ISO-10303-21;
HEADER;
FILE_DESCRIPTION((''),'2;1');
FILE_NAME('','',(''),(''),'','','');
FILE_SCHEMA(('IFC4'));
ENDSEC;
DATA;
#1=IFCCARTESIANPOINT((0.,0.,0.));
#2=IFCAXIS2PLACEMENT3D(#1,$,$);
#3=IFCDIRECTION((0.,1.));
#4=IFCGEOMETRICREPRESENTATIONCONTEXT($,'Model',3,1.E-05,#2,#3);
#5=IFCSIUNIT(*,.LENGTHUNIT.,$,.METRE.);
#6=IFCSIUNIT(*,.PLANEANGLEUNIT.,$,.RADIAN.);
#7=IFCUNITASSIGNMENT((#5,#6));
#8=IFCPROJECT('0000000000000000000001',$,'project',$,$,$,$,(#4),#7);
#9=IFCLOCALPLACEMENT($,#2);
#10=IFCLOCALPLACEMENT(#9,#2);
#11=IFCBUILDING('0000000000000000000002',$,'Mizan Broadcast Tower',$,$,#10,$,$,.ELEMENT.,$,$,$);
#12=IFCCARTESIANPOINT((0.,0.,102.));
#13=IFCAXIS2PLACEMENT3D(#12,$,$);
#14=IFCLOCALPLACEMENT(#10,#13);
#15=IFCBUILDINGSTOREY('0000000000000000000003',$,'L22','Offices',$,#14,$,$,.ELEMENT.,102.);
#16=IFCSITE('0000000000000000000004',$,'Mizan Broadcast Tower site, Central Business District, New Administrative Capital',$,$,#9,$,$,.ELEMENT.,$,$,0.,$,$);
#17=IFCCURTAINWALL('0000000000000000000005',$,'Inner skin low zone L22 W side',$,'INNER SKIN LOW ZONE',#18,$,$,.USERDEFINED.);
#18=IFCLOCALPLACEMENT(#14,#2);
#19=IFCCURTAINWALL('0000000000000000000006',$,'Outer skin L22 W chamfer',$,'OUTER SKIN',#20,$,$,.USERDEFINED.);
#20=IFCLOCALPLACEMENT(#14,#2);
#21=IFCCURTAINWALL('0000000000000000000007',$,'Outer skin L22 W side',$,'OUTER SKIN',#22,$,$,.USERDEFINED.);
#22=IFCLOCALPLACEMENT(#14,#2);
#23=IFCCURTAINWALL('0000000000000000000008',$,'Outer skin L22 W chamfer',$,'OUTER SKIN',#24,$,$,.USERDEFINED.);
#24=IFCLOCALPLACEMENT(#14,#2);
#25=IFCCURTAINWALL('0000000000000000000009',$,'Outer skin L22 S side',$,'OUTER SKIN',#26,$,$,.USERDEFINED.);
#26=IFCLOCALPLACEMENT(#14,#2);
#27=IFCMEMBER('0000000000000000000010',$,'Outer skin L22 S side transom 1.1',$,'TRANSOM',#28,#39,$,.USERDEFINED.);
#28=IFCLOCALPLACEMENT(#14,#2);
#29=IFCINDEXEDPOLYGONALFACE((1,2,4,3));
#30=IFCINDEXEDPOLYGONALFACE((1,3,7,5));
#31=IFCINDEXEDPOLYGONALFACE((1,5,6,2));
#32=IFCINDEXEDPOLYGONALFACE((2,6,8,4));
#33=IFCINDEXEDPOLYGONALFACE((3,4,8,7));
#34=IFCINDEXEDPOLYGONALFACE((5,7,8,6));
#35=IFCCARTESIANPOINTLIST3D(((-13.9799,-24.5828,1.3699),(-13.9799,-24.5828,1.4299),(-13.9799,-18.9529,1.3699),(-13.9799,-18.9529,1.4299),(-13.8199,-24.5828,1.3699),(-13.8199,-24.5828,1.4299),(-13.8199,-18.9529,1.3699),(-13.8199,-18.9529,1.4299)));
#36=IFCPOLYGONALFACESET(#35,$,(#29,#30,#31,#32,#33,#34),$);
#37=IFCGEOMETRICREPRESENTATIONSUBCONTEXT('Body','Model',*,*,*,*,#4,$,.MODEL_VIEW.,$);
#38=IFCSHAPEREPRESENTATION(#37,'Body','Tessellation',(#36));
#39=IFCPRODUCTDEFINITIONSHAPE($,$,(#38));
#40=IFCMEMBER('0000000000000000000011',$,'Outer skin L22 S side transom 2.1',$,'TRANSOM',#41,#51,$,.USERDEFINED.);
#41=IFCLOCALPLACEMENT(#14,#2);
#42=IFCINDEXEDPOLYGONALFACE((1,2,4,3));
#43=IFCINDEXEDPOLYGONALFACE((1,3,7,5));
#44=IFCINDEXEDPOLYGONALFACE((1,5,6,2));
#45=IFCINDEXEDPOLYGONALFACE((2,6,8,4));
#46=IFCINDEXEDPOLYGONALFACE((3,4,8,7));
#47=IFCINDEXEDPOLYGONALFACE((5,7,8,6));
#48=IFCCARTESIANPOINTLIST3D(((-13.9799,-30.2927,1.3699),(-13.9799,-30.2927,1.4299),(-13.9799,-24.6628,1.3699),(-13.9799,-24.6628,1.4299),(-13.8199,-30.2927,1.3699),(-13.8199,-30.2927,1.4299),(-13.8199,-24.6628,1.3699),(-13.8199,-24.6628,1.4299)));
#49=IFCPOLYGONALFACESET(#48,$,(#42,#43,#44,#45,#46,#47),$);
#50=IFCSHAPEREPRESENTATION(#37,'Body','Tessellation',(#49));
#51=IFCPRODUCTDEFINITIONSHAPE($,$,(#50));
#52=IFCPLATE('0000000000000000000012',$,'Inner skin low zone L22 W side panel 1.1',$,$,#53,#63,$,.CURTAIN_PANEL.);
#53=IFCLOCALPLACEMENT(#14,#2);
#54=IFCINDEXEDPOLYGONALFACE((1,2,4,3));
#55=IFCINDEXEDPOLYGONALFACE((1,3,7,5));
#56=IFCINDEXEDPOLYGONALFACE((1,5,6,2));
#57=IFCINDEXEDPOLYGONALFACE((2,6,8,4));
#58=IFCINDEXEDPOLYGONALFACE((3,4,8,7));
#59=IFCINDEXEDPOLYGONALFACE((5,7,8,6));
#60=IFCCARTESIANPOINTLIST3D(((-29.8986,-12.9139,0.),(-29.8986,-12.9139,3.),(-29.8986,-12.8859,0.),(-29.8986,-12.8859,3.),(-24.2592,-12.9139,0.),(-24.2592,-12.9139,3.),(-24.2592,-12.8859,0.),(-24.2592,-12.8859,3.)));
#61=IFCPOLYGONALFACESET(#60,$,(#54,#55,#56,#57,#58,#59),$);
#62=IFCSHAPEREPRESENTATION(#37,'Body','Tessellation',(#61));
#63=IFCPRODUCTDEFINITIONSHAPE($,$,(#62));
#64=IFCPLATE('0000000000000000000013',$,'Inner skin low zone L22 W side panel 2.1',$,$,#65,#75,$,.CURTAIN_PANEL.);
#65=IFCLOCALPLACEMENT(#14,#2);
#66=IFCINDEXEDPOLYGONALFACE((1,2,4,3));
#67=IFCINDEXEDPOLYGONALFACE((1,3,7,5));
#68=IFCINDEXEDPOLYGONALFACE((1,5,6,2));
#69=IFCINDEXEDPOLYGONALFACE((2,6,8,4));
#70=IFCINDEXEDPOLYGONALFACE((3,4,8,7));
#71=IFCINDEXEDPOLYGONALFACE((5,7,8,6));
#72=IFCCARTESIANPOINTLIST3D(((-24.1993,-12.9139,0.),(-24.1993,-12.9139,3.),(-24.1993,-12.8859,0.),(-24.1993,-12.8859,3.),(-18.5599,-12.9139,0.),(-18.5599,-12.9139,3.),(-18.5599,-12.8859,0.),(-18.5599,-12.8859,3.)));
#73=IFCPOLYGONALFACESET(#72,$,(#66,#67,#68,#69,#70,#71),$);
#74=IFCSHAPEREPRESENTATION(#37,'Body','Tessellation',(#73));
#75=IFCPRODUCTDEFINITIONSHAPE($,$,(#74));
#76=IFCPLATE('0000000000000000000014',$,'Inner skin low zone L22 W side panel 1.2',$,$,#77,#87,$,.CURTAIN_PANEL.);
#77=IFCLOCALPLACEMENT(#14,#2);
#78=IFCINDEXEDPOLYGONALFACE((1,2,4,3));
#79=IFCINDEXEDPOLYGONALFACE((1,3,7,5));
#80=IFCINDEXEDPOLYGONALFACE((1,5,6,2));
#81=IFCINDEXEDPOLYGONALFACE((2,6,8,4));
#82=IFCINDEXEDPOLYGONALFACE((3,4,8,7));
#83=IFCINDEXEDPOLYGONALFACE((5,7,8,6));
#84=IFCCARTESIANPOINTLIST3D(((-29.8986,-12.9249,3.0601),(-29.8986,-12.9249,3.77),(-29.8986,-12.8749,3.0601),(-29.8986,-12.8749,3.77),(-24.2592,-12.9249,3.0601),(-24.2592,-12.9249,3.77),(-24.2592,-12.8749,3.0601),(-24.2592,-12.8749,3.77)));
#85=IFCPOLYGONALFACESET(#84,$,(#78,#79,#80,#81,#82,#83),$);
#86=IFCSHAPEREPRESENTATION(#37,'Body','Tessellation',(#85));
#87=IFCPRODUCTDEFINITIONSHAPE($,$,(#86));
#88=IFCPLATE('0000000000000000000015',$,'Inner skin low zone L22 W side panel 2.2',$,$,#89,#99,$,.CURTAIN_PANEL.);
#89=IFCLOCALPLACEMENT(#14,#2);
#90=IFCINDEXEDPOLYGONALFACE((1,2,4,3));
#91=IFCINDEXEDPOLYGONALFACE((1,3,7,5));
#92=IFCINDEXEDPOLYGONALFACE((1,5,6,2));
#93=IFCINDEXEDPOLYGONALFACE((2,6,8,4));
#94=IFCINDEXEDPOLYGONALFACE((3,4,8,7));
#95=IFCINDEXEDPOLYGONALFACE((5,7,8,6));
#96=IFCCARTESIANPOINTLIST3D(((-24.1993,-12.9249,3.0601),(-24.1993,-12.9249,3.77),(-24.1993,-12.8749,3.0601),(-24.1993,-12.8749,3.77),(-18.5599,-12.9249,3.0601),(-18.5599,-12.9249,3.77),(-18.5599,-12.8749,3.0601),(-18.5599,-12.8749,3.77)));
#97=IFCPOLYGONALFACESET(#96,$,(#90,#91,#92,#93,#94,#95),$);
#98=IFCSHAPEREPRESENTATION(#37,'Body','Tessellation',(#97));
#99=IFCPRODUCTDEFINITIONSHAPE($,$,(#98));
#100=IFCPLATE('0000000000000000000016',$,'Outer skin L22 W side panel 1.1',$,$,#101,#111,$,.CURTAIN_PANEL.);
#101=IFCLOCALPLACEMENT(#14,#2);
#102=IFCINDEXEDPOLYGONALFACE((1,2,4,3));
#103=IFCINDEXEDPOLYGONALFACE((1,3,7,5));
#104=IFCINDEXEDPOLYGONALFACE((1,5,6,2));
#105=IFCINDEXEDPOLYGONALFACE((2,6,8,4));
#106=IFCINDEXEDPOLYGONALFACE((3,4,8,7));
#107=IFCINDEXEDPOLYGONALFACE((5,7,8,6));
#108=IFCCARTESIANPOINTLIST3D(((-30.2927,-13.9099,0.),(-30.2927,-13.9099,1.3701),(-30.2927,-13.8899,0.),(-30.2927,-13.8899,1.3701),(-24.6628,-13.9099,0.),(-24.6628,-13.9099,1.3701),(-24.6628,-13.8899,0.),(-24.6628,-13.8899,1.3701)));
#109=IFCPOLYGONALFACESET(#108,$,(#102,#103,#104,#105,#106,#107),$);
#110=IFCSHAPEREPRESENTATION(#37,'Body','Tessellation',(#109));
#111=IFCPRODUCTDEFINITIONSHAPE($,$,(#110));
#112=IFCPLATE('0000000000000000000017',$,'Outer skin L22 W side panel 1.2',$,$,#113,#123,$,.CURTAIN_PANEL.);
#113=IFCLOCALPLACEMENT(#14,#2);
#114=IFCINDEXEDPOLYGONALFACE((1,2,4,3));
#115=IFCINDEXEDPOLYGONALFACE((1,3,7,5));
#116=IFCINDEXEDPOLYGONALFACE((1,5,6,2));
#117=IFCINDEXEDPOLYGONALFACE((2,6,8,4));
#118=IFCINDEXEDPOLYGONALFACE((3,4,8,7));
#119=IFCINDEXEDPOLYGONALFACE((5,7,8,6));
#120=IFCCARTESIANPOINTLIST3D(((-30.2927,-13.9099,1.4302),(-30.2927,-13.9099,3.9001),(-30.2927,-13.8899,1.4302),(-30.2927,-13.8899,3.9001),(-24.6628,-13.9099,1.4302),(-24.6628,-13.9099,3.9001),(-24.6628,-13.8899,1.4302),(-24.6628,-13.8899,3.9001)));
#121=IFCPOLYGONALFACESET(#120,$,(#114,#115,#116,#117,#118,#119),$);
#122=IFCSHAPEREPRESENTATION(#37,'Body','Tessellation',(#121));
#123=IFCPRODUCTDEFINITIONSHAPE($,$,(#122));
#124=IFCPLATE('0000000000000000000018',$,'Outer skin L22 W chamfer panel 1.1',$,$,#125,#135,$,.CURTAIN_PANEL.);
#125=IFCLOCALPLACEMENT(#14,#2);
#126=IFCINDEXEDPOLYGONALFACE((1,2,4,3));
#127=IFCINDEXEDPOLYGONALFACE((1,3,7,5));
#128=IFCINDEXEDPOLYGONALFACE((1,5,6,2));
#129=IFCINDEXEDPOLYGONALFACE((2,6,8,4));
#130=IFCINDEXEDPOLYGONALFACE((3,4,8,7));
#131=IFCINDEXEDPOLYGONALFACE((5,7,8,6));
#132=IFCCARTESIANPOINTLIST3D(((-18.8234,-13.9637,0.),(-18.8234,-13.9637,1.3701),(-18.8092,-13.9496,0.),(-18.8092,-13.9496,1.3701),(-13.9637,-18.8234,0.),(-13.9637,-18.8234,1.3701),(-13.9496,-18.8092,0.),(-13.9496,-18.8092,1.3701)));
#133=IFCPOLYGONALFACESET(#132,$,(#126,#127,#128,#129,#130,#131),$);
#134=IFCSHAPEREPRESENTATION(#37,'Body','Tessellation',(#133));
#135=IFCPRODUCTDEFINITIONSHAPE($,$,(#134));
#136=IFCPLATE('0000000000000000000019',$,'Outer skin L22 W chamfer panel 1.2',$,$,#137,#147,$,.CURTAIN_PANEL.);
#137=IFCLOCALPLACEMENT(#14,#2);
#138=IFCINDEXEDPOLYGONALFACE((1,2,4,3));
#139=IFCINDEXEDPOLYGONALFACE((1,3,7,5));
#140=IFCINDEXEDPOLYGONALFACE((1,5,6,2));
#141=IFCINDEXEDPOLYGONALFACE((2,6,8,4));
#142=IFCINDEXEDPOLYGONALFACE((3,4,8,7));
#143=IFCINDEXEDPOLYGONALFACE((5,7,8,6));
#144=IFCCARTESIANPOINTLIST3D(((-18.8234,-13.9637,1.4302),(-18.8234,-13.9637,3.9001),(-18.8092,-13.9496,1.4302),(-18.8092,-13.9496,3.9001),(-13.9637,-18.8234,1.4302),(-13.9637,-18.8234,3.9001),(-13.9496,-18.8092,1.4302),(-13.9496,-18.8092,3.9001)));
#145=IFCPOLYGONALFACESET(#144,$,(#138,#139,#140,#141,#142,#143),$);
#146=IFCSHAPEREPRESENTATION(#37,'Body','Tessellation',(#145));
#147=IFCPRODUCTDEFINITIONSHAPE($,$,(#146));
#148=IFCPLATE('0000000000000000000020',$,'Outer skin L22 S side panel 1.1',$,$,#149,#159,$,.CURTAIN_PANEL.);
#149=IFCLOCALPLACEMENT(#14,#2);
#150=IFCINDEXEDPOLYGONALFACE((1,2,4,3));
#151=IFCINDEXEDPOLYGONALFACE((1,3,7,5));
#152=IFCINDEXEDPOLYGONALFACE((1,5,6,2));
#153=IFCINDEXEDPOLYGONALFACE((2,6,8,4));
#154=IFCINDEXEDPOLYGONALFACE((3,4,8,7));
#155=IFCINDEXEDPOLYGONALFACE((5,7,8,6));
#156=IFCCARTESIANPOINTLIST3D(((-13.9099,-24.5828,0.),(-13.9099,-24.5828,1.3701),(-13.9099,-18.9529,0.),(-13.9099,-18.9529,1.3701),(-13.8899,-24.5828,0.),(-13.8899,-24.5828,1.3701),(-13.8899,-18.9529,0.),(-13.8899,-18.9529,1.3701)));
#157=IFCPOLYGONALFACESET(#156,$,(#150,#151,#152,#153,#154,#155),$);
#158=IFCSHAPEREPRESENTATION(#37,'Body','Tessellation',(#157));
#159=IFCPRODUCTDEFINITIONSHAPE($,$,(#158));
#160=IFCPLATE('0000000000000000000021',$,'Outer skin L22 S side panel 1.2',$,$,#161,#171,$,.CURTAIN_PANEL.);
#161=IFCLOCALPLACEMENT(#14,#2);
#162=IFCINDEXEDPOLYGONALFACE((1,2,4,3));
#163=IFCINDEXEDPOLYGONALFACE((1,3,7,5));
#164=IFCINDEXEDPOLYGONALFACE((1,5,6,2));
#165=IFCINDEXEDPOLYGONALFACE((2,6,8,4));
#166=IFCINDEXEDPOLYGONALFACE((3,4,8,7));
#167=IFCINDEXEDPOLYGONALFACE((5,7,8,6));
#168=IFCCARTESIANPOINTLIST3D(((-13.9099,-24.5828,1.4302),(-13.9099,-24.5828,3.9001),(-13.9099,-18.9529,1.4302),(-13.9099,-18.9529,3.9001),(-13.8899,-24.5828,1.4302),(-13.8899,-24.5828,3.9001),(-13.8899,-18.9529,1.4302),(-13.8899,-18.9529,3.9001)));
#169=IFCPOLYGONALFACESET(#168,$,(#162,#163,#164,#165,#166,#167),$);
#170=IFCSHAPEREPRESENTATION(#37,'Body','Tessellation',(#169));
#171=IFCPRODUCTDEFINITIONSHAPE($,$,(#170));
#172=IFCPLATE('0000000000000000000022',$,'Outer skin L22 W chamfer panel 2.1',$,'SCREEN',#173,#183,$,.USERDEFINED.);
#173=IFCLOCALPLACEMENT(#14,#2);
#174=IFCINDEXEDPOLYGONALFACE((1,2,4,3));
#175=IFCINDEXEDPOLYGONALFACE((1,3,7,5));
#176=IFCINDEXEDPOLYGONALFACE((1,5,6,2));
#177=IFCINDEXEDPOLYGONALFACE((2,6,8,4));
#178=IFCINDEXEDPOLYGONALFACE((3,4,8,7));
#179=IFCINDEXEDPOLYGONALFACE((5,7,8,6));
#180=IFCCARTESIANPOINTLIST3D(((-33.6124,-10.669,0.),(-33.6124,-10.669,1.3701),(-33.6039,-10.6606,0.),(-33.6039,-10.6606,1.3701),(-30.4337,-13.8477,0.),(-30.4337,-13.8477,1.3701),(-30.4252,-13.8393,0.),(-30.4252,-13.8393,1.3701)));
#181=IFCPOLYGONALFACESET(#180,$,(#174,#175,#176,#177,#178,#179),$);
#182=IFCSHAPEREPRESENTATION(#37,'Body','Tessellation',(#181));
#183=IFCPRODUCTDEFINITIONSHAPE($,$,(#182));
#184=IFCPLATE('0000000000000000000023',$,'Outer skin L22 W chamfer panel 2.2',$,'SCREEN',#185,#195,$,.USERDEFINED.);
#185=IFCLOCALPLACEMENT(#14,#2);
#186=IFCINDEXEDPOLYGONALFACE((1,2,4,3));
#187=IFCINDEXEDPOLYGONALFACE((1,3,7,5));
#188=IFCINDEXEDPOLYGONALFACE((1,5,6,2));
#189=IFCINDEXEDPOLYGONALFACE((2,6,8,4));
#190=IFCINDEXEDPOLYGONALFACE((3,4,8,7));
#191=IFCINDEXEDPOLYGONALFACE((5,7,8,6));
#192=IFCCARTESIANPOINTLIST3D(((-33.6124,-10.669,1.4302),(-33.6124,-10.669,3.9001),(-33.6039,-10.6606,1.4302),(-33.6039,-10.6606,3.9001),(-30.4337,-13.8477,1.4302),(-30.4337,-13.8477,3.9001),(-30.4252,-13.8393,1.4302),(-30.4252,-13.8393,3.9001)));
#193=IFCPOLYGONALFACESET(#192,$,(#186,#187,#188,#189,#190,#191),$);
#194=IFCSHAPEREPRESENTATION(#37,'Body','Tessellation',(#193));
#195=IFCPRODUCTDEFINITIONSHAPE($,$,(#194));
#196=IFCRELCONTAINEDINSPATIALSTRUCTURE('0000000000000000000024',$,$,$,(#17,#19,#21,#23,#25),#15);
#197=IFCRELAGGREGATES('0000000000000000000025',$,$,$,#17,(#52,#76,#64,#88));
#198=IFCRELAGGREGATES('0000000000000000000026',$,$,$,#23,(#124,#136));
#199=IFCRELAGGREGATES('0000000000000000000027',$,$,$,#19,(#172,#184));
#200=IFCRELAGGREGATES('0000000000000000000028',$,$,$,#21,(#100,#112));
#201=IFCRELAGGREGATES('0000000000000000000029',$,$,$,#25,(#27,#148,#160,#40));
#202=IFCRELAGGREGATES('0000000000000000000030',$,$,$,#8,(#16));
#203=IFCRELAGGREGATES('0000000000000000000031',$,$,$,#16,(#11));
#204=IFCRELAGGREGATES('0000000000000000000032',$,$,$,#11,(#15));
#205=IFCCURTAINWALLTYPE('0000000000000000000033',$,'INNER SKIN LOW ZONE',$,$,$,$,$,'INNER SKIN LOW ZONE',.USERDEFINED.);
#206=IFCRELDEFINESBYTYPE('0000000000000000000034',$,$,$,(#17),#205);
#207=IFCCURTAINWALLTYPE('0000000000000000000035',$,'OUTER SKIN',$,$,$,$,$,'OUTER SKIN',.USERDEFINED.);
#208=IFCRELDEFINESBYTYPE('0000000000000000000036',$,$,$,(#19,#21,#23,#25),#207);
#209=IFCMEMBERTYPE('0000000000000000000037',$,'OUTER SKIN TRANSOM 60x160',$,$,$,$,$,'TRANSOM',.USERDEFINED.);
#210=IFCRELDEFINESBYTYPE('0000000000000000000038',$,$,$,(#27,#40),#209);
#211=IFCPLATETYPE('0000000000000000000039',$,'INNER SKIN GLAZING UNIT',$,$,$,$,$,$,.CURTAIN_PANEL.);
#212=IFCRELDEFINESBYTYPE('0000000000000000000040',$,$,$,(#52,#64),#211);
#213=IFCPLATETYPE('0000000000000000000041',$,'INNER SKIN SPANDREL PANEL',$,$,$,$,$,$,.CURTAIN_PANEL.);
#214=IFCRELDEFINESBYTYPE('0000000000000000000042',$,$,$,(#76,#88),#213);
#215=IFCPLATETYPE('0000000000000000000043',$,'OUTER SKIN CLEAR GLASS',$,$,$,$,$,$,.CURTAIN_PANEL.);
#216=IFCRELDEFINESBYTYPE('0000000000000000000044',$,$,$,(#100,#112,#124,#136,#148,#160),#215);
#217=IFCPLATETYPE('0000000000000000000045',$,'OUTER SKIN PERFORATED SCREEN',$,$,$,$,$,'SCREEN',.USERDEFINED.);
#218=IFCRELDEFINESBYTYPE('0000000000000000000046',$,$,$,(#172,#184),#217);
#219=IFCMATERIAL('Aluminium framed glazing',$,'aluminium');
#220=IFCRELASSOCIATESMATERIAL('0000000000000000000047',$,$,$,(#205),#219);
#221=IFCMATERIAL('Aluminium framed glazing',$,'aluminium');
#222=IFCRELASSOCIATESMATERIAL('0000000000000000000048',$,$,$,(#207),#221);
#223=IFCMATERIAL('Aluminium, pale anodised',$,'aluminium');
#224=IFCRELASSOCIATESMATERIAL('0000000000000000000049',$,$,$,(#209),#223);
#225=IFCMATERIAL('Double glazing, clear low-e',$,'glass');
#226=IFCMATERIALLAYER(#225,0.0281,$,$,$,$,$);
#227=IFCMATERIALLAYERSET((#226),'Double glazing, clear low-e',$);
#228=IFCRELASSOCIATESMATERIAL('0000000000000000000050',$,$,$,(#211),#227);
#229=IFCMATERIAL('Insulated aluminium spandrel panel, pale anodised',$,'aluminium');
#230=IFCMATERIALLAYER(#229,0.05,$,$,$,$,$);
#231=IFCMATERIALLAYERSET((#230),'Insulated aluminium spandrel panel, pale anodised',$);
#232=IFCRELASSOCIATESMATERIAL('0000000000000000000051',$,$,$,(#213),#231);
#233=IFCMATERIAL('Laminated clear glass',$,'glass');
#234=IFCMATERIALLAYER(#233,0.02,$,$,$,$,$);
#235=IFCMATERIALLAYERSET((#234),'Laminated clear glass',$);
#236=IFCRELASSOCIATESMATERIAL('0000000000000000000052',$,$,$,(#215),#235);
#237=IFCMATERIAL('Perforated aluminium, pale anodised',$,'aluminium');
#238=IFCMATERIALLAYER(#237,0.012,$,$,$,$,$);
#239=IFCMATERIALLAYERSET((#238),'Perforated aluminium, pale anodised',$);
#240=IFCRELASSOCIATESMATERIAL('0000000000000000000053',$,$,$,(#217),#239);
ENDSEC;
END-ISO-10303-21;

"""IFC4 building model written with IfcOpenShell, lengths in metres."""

from ifc_helpers import new_model, si_unit, direction, frame, origin, origin_2d, place, context, subcontext, project, spatial, rectangle, extrude, material, layer, layer_set, material_profile, profile_set, type_object, element, aggregate, save


model = new_model("IFC4")

# Units and contexts
model_context = context("Model", 3, precision=1e-05, world=origin(), true_north=direction((0.0, 1.0)))
body_context = subcontext(model_context, "Body", "Model", "MODEL_VIEW")
ifc_project = project(units=[si_unit("LENGTHUNIT", "METRE"), si_unit("PLANEANGLEUNIT", "RADIAN")], contexts=[model_context])

# Site, building, storey
site_placement = place(None, origin())
site = spatial("IfcSite", under=ifc_project, at=site_placement, Name="Mizan Broadcast Tower site, Central Business District, New Administrative Capital", CompositionType="ELEMENT", RefElevation=0.0)
building_placement = place(site_placement, origin())
building = spatial("IfcBuilding", under=site, at=building_placement, Name="Mizan Broadcast Tower", CompositionType="ELEMENT")
storey_placement = place(building_placement, frame((0.0, 0.0, 102.0)))
storey = spatial("IfcBuildingStorey", under=building, at=storey_placement, Name="L22", Description="Offices", CompositionType="ELEMENT", Elevation=102.0)

# Shared definitions
ifc_material_1 = material(Name="Aluminium framed glazing", Category="aluminium")
curtain_wall_type_1 = type_object("IfcCurtainWallType", Name="INNER SKIN LOW ZONE", ElementType="INNER SKIN LOW ZONE", PredefinedType="USERDEFINED", material=ifc_material_1)

# Curtain wall
curtain_wall_1_placement = place(storey_placement, origin())
curtain_wall_1 = element("IfcCurtainWall", 1, at=curtain_wall_1_placement, inside=storey, type_object=curtain_wall_type_1, Name="Inner skin low zone L22 W side", ObjectType="INNER SKIN LOW ZONE", PredefinedType="USERDEFINED")

# Curtain wall
ifc_material_2 = material(Name="Aluminium framed glazing", Category="aluminium")
curtain_wall_type_2 = type_object("IfcCurtainWallType", Name="OUTER SKIN", ElementType="OUTER SKIN", PredefinedType="USERDEFINED", material=ifc_material_2)
curtain_wall_2_placement = place(storey_placement, origin())
curtain_wall_2 = element("IfcCurtainWall", 2, at=curtain_wall_2_placement, inside=storey, type_object=curtain_wall_type_2, Name="Outer skin L22 W chamfer", ObjectType="OUTER SKIN", PredefinedType="USERDEFINED")

# Curtain wall
curtain_wall_3_placement = place(storey_placement, origin())
curtain_wall_3 = element("IfcCurtainWall", 3, at=curtain_wall_3_placement, inside=storey, type_object=curtain_wall_type_2, Name="Outer skin L22 W side", ObjectType="OUTER SKIN", PredefinedType="USERDEFINED")

# Curtain wall
curtain_wall_4_placement = place(storey_placement, origin())
curtain_wall_4 = element("IfcCurtainWall", 4, at=curtain_wall_4_placement, inside=storey, type_object=curtain_wall_type_2, Name="Outer skin L22 W chamfer", ObjectType="OUTER SKIN", PredefinedType="USERDEFINED")

# Curtain wall
curtain_wall_5_placement = place(storey_placement, origin())
curtain_wall_5 = element("IfcCurtainWall", 5, at=curtain_wall_5_placement, inside=storey, type_object=curtain_wall_type_2, Name="Outer skin L22 S side", ObjectType="OUTER SKIN", PredefinedType="USERDEFINED")

# Members
ifc_material_3 = material(Name="Aluminium, pale anodised", Category="aluminium")
ifc_material_profile_1 = material_profile(ifc_material_3, rectangle(XDim=0.1599, YDim=0.0601, at=origin_2d()), Name="TRANSOM 160x60")
ifc_profile_set_1 = profile_set([ifc_material_profile_1], Name="Aluminium, pale anodised")
member_type_1 = type_object("IfcMemberType", Name="OUTER SKIN TRANSOM 60x160", ElementType="TRANSOM", PredefinedType="USERDEFINED", material=ifc_profile_set_1)
member_1_placement = place(storey_placement, frame((-13.8999, -18.9529, 1.3999), z_axis=(0.0, -1.0, 0.0), x_axis=(1.0, 0.0, 0.0)))
member_1 = element("IfcMember", 6, at=member_1_placement, type_object=member_type_1, Name="Outer skin L22 S side transom 1.1", ObjectType="TRANSOM", PredefinedType="USERDEFINED", context=body_context, shape_type="SweptSolid", body=[
    extrude(rectangle(XDim=0.1599, YDim=0.0601, at=origin_2d()), origin(), (0.0, 0.0, 1.0), 5.6299),
])
member_2_placement = place(storey_placement, frame((-13.8999, -24.6628, 1.3999), z_axis=(0.0, -1.0, 0.0), x_axis=(1.0, 0.0, 0.0)))
member_2 = element("IfcMember", 7, at=member_2_placement, type_object=member_type_1, Name="Outer skin L22 S side transom 2.1", ObjectType="TRANSOM", PredefinedType="USERDEFINED", context=body_context, shape_type="SweptSolid", body=[
    extrude(rectangle(XDim=0.1599, YDim=0.0601, at=origin_2d()), origin(), (0.0, 0.0, 1.0), 5.6299),
])

# Plates
ifc_material_4 = material(Name="Double glazing, clear low-e", Category="glass")
ifc_layer_1 = layer(ifc_material_4, 0.0281)
ifc_layer_set_1 = layer_set([ifc_layer_1], Name="Double glazing, clear low-e")
plate_type_1 = type_object("IfcPlateType", Name="INNER SKIN GLAZING UNIT", PredefinedType="CURTAIN_PANEL", material=ifc_layer_set_1)
plate_1_placement = place(storey_placement, frame((-27.0789, -12.8999, 0.0), z_axis=(0.0, 0.0, 1.0), x_axis=(1.0, 0.0, 0.0)))
plate_1 = element("IfcPlate", 8, at=plate_1_placement, type_object=plate_type_1, Name="Inner skin low zone L22 W side panel 1.1", PredefinedType="CURTAIN_PANEL", context=body_context, shape_type="SweptSolid", body=[
    extrude(rectangle(XDim=5.6394, YDim=0.0281, at=origin_2d()), origin(), (0.0, 0.0, 1.0), 3.0),
])
plate_2_placement = place(storey_placement, frame((-21.3796, -12.8999, 0.0), z_axis=(0.0, 0.0, 1.0), x_axis=(1.0, 0.0, 0.0)))
plate_2 = element("IfcPlate", 9, at=plate_2_placement, type_object=plate_type_1, Name="Inner skin low zone L22 W side panel 2.1", PredefinedType="CURTAIN_PANEL", context=body_context, shape_type="SweptSolid", body=[
    extrude(rectangle(XDim=5.6394, YDim=0.0281, at=origin_2d()), origin(), (0.0, 0.0, 1.0), 3.0),
])
ifc_material_5 = material(Name="Insulated aluminium spandrel panel, pale anodised", Category="aluminium")
ifc_layer_2 = layer(ifc_material_5, 0.05)
ifc_layer_set_2 = layer_set([ifc_layer_2], Name="Insulated aluminium spandrel panel, pale anodised")
plate_type_2 = type_object("IfcPlateType", Name="INNER SKIN SPANDREL PANEL", PredefinedType="CURTAIN_PANEL", material=ifc_layer_set_2)
plate_3_placement = place(storey_placement, frame((-27.0789, -12.8999, 3.0601), z_axis=(0.0, 0.0, 1.0), x_axis=(1.0, 0.0, 0.0)))
plate_3 = element("IfcPlate", 10, at=plate_3_placement, type_object=plate_type_2, Name="Inner skin low zone L22 W side panel 1.2", PredefinedType="CURTAIN_PANEL", context=body_context, shape_type="SweptSolid", body=[
    extrude(rectangle(XDim=5.6394, YDim=0.05, at=origin_2d()), origin(), (0.0, 0.0, 1.0), 0.71),
])
plate_4_placement = place(storey_placement, frame((-21.3796, -12.8999, 3.0601), z_axis=(0.0, 0.0, 1.0), x_axis=(1.0, 0.0, 0.0)))
plate_4 = element("IfcPlate", 11, at=plate_4_placement, type_object=plate_type_2, Name="Inner skin low zone L22 W side panel 2.2", PredefinedType="CURTAIN_PANEL", context=body_context, shape_type="SweptSolid", body=[
    extrude(rectangle(XDim=5.6394, YDim=0.05, at=origin_2d()), origin(), (0.0, 0.0, 1.0), 0.71),
])
aggregate(curtain_wall_1, [plate_1, plate_3, plate_2, plate_4])
ifc_material_6 = material(Name="Laminated clear glass", Category="glass")
ifc_layer_3 = layer(ifc_material_6, 0.02)
ifc_layer_set_3 = layer_set([ifc_layer_3], Name="Laminated clear glass")
plate_type_3 = type_object("IfcPlateType", Name="OUTER SKIN CLEAR GLASS", PredefinedType="CURTAIN_PANEL", material=ifc_layer_set_3)
plate_5_placement = place(storey_placement, frame((-27.4778, -13.8999, 0.0), z_axis=(0.0, 0.0, 1.0), x_axis=(1.0, 0.0, 0.0)))
plate_5 = element("IfcPlate", 12, at=plate_5_placement, type_object=plate_type_3, Name="Outer skin L22 W side panel 1.1", PredefinedType="CURTAIN_PANEL", context=body_context, shape_type="SweptSolid", body=[
    extrude(rectangle(XDim=5.6299, YDim=0.02, at=origin_2d()), origin(), (0.0, 0.0, 1.0), 1.3701),
])
plate_6_placement = place(storey_placement, frame((-27.4778, -13.8999, 1.4302), z_axis=(0.0, 0.0, 1.0), x_axis=(1.0, 0.0, 0.0)))
plate_6 = element("IfcPlate", 13, at=plate_6_placement, type_object=plate_type_3, Name="Outer skin L22 W side panel 1.2", PredefinedType="CURTAIN_PANEL", context=body_context, shape_type="SweptSolid", body=[
    extrude(rectangle(XDim=5.6299, YDim=0.02, at=origin_2d()), origin(), (0.0, 0.0, 1.0), 2.47),
])
plate_7_placement = place(storey_placement, frame((-16.3865, -16.3865, 0.0), z_axis=(0.0, 0.0, 1.0), x_axis=(0.707107, -0.707107, 0.0)))
plate_7 = element("IfcPlate", 14, at=plate_7_placement, type_object=plate_type_3, Name="Outer skin L22 W chamfer panel 1.1", PredefinedType="CURTAIN_PANEL", context=body_context, shape_type="SweptSolid", body=[
    extrude(rectangle(XDim=6.8726, YDim=0.02, at=origin_2d()), origin(), (0.0, 0.0, 1.0), 1.3701),
])
plate_8_placement = place(storey_placement, frame((-16.3865, -16.3865, 1.4302), z_axis=(0.0, 0.0, 1.0), x_axis=(0.707107, -0.707107, 0.0)))
plate_8 = element("IfcPlate", 15, at=plate_8_placement, type_object=plate_type_3, Name="Outer skin L22 W chamfer panel 1.2", PredefinedType="CURTAIN_PANEL", context=body_context, shape_type="SweptSolid", body=[
    extrude(rectangle(XDim=6.8726, YDim=0.02, at=origin_2d()), origin(), (0.0, 0.0, 1.0), 2.47),
])
aggregate(curtain_wall_4, [plate_7, plate_8])
plate_9_placement = place(storey_placement, frame((-13.8999, -21.7678, 0.0), z_axis=(0.0, 0.0, 1.0), x_axis=(0.0, -1.0, 0.0)))
plate_9 = element("IfcPlate", 16, at=plate_9_placement, type_object=plate_type_3, Name="Outer skin L22 S side panel 1.1", PredefinedType="CURTAIN_PANEL", context=body_context, shape_type="SweptSolid", body=[
    extrude(rectangle(XDim=5.6299, YDim=0.02, at=origin_2d()), origin(), (0.0, 0.0, 1.0), 1.3701),
])
plate_10_placement = place(storey_placement, frame((-13.8999, -21.7678, 1.4302), z_axis=(0.0, 0.0, 1.0), x_axis=(0.0, -1.0, 0.0)))
plate_10 = element("IfcPlate", 17, at=plate_10_placement, type_object=plate_type_3, Name="Outer skin L22 S side panel 1.2", PredefinedType="CURTAIN_PANEL", context=body_context, shape_type="SweptSolid", body=[
    extrude(rectangle(XDim=5.6299, YDim=0.02, at=origin_2d()), origin(), (0.0, 0.0, 1.0), 2.47),
])
ifc_material_7 = material(Name="Perforated aluminium, pale anodised", Category="aluminium")
ifc_layer_4 = layer(ifc_material_7, 0.012)
ifc_layer_set_4 = layer_set([ifc_layer_4], Name="Perforated aluminium, pale anodised")
plate_type_4 = type_object("IfcPlateType", Name="OUTER SKIN PERFORATED SCREEN", ElementType="SCREEN", PredefinedType="USERDEFINED", material=ifc_layer_set_4)
plate_11_placement = place(storey_placement, frame((-32.0188, -12.2542, 0.0), z_axis=(0.0, 0.0, 1.0), x_axis=(0.707107, -0.707107, 0.0)))
plate_11 = element("IfcPlate", 18, at=plate_11_placement, type_object=plate_type_4, Name="Outer skin L22 W chamfer panel 2.1", ObjectType="SCREEN", PredefinedType="USERDEFINED", context=body_context, shape_type="SweptSolid", body=[
    extrude(rectangle(XDim=4.4954, YDim=0.012, at=origin_2d()), origin(), (0.0, 0.0, 1.0), 1.3701),
])
plate_12_placement = place(storey_placement, frame((-32.0188, -12.2542, 1.4302), z_axis=(0.0, 0.0, 1.0), x_axis=(0.707107, -0.707107, 0.0)))
plate_12 = element("IfcPlate", 19, at=plate_12_placement, type_object=plate_type_4, Name="Outer skin L22 W chamfer panel 2.2", ObjectType="SCREEN", PredefinedType="USERDEFINED", context=body_context, shape_type="SweptSolid", body=[
    extrude(rectangle(XDim=4.4954, YDim=0.012, at=origin_2d()), origin(), (0.0, 0.0, 1.0), 2.47),
])
aggregate(curtain_wall_2, [plate_11, plate_12])
aggregate(curtain_wall_3, [plate_5, plate_6])
aggregate(curtain_wall_5, [member_1, plate_9, plate_10, member_2])

save(model, "model.ifc")
